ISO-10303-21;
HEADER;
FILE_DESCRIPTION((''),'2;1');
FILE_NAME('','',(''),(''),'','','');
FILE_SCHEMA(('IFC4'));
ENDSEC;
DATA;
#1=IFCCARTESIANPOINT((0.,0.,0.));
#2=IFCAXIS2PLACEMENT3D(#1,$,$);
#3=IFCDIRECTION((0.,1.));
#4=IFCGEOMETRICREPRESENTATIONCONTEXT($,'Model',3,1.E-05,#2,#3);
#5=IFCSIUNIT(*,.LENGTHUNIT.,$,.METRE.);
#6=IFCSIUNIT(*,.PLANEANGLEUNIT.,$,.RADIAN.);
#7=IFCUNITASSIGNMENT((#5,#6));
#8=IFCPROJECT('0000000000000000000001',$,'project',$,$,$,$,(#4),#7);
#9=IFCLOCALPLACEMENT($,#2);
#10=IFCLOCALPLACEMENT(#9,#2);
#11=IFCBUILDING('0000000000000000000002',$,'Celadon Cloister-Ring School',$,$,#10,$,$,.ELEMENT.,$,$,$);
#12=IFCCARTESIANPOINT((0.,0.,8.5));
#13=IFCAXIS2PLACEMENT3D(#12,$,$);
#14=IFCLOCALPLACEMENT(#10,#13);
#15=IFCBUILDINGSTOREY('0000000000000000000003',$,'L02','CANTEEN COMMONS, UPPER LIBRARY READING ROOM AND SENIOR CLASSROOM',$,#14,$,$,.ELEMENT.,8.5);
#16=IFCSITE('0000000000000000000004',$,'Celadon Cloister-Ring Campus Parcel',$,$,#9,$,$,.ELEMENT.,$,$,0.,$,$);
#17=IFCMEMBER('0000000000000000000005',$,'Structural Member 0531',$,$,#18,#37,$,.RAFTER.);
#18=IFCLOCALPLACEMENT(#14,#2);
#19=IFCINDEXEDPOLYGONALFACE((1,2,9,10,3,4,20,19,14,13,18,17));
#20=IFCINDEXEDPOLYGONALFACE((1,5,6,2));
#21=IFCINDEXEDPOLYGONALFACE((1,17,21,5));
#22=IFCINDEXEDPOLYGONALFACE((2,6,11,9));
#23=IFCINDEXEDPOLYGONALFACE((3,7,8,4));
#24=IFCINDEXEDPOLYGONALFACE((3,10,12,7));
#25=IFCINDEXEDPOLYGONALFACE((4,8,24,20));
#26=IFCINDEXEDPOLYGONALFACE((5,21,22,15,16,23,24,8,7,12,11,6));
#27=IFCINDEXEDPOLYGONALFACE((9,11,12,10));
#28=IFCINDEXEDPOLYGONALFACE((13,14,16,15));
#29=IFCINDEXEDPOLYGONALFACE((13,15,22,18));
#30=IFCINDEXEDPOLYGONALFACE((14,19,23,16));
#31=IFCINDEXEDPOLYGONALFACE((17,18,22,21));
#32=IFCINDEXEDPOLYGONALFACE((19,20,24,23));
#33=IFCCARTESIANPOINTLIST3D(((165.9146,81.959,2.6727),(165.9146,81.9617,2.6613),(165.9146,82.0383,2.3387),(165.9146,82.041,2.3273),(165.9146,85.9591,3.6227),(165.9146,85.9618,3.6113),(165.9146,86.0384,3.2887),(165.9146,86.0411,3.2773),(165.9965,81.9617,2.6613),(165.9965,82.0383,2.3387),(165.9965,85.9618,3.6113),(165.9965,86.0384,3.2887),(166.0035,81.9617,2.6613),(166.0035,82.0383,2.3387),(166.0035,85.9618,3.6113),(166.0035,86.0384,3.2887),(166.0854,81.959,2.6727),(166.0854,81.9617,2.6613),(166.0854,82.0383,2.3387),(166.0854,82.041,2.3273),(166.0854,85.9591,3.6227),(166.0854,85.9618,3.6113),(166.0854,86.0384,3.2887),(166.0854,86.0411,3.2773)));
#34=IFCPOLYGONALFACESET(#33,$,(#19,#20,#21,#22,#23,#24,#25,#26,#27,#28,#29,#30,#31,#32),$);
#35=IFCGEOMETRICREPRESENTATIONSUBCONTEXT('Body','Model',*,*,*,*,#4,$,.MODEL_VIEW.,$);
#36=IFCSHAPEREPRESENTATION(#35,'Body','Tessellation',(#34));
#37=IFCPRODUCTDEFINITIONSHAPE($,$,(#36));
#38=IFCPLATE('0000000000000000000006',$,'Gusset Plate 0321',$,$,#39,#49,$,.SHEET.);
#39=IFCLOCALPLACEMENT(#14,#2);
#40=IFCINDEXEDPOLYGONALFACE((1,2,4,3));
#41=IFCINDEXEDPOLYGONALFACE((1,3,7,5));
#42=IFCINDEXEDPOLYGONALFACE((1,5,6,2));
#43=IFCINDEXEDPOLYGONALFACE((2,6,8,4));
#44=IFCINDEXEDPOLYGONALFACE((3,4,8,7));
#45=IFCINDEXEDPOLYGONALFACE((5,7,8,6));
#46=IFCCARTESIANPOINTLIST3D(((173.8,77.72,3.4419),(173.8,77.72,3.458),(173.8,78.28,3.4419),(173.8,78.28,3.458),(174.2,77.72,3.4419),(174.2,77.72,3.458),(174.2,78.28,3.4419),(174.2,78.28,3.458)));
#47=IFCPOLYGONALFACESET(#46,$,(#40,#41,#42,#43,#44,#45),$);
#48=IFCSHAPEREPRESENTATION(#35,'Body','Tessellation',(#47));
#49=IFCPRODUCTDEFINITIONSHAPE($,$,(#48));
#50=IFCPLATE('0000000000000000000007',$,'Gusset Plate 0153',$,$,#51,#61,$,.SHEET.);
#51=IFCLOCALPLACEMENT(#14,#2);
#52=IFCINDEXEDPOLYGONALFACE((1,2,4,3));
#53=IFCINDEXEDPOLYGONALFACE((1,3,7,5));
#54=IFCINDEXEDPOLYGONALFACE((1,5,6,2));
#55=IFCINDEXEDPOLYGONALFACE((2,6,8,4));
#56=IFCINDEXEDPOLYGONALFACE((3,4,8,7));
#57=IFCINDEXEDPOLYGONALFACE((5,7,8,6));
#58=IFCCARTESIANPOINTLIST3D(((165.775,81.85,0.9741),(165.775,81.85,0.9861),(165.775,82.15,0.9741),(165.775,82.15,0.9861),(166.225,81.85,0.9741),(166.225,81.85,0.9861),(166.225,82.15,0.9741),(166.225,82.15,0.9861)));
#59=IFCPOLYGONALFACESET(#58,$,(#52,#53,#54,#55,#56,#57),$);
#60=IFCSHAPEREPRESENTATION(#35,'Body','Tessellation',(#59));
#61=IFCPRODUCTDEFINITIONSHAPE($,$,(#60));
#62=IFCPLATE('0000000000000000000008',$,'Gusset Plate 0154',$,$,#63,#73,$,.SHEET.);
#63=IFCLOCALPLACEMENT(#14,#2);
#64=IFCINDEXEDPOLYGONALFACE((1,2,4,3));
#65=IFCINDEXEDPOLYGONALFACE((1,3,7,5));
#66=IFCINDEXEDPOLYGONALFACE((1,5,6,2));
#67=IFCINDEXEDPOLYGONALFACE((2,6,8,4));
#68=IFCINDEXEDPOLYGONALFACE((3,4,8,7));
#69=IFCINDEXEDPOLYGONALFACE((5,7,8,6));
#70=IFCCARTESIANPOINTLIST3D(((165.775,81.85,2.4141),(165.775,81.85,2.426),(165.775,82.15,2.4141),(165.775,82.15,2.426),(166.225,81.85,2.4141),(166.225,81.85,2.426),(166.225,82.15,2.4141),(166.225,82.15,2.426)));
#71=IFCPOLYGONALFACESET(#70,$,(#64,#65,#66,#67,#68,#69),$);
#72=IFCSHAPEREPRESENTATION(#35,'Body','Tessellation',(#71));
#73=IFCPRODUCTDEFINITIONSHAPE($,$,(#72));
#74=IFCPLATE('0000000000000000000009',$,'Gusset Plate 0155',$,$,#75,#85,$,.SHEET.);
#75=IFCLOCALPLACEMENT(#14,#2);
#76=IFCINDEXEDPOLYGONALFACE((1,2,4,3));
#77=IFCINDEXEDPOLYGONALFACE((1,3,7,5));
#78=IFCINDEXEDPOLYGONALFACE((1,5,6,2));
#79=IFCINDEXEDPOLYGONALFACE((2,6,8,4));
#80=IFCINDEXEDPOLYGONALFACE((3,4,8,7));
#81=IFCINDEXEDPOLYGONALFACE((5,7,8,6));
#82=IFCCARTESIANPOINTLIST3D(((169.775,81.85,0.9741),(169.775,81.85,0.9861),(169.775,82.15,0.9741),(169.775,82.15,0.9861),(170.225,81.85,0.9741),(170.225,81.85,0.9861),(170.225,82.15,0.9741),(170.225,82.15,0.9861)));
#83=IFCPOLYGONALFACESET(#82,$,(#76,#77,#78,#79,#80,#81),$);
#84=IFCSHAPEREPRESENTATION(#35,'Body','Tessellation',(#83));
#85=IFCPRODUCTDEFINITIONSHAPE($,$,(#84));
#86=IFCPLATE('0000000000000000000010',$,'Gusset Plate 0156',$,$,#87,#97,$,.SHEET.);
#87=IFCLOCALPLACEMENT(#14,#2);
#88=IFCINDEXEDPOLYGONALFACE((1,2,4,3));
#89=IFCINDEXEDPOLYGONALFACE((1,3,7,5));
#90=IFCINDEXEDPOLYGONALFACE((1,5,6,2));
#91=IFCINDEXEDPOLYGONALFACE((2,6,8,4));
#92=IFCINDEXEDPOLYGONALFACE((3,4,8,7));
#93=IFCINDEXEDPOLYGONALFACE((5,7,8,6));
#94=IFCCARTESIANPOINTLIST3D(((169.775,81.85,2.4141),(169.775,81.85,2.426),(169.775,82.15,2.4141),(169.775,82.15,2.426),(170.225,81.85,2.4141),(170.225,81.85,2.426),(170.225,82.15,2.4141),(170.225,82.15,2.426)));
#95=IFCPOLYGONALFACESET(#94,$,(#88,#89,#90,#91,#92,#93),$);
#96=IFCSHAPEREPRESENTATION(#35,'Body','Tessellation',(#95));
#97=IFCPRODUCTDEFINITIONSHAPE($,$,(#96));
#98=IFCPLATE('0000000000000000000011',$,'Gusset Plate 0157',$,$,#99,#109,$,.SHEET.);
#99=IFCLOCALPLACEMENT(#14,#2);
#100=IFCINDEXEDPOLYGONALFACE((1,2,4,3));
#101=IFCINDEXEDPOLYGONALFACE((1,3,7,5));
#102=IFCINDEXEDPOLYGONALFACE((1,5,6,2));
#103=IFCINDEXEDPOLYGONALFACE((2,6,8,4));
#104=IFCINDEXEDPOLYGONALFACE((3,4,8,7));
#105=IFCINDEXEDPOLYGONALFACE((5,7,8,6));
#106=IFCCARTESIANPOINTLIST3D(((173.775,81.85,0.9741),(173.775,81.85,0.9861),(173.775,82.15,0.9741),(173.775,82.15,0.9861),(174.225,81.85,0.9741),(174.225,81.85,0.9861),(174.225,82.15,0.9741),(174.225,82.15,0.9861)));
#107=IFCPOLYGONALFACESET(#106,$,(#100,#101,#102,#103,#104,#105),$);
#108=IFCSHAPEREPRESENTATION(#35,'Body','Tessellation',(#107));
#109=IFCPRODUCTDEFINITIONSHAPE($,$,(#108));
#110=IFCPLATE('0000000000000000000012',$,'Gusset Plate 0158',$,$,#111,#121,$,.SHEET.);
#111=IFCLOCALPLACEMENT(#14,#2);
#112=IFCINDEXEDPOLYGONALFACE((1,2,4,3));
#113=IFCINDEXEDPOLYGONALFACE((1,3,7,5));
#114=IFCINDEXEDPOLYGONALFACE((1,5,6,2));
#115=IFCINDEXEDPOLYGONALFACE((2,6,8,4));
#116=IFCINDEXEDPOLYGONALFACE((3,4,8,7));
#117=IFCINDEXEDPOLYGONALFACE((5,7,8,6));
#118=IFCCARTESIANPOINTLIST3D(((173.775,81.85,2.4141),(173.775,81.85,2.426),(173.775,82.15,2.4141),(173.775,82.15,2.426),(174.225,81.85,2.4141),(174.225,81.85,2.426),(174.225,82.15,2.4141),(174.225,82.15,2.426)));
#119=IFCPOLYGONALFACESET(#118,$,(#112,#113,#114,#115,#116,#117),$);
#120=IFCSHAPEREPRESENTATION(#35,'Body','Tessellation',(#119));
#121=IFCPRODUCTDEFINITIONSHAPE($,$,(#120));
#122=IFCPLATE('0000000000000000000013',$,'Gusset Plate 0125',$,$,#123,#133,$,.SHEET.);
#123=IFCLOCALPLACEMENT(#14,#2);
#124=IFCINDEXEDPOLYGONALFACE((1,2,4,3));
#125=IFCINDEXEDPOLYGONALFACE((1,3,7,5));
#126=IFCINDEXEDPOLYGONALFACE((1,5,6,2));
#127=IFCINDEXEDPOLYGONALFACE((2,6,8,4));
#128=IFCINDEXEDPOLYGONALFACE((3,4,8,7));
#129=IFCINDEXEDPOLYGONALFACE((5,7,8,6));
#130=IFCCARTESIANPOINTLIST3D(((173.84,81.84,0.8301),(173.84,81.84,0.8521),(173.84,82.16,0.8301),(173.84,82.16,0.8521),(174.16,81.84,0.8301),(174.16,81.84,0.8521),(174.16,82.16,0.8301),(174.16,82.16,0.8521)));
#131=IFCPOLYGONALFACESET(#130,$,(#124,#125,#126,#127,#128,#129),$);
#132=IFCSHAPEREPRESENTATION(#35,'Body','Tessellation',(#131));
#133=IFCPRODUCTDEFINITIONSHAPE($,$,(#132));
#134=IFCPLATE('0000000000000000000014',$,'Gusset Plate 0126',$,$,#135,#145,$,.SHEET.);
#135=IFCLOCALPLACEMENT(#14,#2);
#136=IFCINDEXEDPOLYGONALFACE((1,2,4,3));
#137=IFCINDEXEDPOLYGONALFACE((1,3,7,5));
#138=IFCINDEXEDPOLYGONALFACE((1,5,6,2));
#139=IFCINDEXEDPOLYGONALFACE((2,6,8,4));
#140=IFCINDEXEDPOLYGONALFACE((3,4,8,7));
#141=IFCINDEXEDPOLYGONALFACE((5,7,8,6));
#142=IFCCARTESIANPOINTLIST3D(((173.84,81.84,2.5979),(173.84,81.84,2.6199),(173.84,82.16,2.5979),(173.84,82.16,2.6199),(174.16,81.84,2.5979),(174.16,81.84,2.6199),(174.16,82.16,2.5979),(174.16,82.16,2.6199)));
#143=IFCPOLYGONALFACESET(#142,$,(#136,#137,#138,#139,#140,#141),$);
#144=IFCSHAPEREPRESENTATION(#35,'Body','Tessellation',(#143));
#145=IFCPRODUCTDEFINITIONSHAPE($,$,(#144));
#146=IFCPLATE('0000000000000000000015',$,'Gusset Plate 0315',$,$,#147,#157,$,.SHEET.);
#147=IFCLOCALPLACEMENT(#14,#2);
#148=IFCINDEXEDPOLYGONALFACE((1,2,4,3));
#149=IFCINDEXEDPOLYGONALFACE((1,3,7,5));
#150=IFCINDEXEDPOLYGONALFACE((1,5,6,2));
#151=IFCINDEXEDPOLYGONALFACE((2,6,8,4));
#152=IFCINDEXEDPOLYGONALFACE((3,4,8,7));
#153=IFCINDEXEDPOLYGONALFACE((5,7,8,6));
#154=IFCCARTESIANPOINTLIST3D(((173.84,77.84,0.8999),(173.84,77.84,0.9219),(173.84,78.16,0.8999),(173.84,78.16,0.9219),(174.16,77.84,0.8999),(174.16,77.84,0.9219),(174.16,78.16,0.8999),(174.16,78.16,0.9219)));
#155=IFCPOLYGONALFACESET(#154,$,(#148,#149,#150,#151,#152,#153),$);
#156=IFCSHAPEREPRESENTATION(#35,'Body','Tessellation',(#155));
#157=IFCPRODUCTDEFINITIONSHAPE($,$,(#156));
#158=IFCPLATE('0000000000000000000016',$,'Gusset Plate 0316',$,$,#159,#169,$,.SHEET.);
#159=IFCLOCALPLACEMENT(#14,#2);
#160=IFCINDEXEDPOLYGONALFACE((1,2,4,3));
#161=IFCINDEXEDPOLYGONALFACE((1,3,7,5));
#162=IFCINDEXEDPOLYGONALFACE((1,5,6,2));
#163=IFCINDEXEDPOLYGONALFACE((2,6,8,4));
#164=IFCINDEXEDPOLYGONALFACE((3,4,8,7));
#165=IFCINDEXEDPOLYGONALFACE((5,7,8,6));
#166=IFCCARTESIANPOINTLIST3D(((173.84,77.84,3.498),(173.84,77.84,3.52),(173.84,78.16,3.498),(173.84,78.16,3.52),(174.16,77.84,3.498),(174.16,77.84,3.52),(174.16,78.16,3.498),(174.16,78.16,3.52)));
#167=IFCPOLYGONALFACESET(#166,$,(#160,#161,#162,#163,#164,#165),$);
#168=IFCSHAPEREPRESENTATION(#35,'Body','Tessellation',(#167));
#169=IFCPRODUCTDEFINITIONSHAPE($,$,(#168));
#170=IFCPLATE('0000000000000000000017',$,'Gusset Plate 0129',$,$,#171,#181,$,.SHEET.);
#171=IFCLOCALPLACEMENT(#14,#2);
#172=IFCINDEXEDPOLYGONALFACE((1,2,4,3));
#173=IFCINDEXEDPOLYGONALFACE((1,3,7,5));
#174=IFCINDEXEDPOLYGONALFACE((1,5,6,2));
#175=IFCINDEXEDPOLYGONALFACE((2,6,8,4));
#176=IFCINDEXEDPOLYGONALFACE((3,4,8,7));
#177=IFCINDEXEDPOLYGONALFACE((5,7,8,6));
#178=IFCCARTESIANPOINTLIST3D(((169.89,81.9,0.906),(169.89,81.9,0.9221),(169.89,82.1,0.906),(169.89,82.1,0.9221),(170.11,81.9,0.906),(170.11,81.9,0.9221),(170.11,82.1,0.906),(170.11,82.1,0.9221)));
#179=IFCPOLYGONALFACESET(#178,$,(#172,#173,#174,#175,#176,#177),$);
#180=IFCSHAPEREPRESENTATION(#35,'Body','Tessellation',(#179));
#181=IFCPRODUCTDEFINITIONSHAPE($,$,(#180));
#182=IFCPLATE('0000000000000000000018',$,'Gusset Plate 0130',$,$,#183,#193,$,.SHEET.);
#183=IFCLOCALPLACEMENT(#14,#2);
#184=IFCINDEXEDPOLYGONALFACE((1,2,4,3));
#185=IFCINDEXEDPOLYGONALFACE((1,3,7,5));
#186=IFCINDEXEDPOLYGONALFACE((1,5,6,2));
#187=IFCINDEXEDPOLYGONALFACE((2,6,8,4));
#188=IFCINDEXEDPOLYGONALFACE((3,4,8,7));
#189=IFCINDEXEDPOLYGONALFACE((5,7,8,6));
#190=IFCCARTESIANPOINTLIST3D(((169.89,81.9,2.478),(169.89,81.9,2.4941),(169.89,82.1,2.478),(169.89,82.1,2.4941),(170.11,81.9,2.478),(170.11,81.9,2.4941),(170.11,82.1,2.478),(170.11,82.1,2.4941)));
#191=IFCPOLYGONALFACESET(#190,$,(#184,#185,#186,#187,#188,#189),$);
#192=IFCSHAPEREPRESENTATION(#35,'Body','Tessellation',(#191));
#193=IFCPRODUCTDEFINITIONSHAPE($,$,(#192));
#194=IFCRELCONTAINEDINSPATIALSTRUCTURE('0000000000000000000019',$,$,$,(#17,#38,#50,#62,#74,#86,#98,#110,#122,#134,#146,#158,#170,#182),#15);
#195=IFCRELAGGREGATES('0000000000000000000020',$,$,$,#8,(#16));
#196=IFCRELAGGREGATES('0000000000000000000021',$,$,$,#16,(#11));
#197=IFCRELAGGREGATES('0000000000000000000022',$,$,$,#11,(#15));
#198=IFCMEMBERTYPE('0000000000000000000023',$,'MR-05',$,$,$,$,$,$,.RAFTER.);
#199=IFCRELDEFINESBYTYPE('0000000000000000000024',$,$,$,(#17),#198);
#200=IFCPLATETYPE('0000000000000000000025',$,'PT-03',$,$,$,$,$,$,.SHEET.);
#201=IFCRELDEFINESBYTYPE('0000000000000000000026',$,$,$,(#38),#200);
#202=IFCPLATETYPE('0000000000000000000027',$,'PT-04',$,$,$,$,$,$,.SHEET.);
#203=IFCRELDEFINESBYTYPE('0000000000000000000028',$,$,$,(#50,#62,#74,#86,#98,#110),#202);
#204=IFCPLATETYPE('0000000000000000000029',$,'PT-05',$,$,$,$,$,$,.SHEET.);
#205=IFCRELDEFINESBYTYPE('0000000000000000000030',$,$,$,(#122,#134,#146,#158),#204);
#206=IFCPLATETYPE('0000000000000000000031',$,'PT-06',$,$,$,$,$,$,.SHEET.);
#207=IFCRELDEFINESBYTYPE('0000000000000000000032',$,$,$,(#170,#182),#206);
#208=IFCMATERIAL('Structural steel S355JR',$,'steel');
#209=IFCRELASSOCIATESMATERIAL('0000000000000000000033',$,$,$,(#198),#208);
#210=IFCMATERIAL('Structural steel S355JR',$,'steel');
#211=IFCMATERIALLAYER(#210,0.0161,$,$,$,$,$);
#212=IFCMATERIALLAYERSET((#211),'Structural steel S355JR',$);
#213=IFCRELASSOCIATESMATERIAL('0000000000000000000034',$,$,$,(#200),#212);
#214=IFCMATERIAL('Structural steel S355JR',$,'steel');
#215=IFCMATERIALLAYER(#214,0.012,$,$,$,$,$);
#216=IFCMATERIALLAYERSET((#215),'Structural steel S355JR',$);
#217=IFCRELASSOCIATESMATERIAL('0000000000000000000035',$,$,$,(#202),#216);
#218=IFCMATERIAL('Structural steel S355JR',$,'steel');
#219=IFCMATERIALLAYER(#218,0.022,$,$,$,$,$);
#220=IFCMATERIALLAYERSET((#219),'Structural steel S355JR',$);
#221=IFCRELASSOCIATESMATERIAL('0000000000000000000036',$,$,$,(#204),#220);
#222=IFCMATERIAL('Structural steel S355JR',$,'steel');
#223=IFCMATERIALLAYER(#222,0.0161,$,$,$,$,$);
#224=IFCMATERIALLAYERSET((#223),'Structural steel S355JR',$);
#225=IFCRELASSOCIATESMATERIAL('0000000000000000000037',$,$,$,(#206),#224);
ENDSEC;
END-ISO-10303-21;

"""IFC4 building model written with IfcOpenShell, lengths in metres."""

from ifc_helpers import new_model, si_unit, direction, frame, origin, origin_2d, place, context, subcontext, project, spatial, rectangle, i_section, extrude, material, layer, layer_set, material_profile, profile_set, type_object, element, save


model = new_model("IFC4")

# Units and contexts
model_context = context("Model", 3, precision=1e-05, world=origin(), true_north=direction((0.0, 1.0)))
body_context = subcontext(model_context, "Body", "Model", "MODEL_VIEW")
ifc_project = project(units=[si_unit("LENGTHUNIT", "METRE"), si_unit("PLANEANGLEUNIT", "RADIAN")], contexts=[model_context])

# Site, building, storey
site_placement = place(None, origin())
site = spatial("IfcSite", under=ifc_project, at=site_placement, Name="Celadon Cloister-Ring Campus Parcel", CompositionType="ELEMENT", RefElevation=0.0)
building_placement = place(site_placement, origin())
building = spatial("IfcBuilding", under=site, at=building_placement, Name="Celadon Cloister-Ring School", CompositionType="ELEMENT")
storey_placement = place(building_placement, frame((0.0, 0.0, 8.5)))
storey = spatial("IfcBuildingStorey", under=building, at=storey_placement, Name="L02", Description="CANTEEN COMMONS, UPPER LIBRARY READING ROOM AND SENIOR CLASSROOM", CompositionType="ELEMENT", Elevation=8.5)

# Member
ifc_material_1 = material(Name="Structural steel S355JR", Category="steel")
ifc_material_profile_1 = material_profile(ifc_material_1, i_section(OverallWidth=0.1709, OverallDepth=0.355, WebThickness=0.0071, FlangeThickness=0.0117, at=origin_2d()), Name="W360X51")
ifc_profile_set_1 = profile_set([ifc_material_profile_1], Name="Structural steel S355JR")
member_type_1 = type_object("IfcMemberType", Name="MR-05", PredefinedType="RAFTER", material=ifc_profile_set_1)
for number, where, z_axis, x_axis, name in (
    (1, (166.0, 82.0, 2.5), (0.0, 0.972939, 0.231061), (-1.0, 0.0, 0.0), "Structural Member 0531"),
):
    element("IfcMember", number, at=place(storey_placement, frame(where, z_axis=z_axis, x_axis=x_axis)), inside=storey, type_object=member_type_1, Name=name, PredefinedType="RAFTER", context=body_context, shape_type="SweptSolid", body=[
        extrude(i_section(OverallWidth=0.1709, OverallDepth=0.355, WebThickness=0.0071, FlangeThickness=0.0117, at=origin_2d()), origin(), (0.0, 0.0, 1.0), 4.1113),
    ])

# Plates
ifc_material_2 = material(Name="Structural steel S355JR", Category="steel")
ifc_layer_1 = layer(ifc_material_2, 0.0161)
ifc_layer_set_1 = layer_set([ifc_layer_1], Name="Structural steel S355JR")
plate_type_1 = type_object("IfcPlateType", Name="PT-03", PredefinedType="SHEET", material=ifc_layer_set_1)
plate_placement = place(storey_placement, frame((174.0, 78.0, 3.4419), z_axis=(0.0, 0.0, 1.0), x_axis=(0.0, 1.0, 0.0)))
element("IfcPlate", 2, at=plate_placement, inside=storey, type_object=plate_type_1, Name="Gusset Plate 0321", PredefinedType="SHEET", context=body_context, shape_type="SweptSolid", body=[
    extrude(rectangle(XDim=0.5601, YDim=0.3999, at=origin_2d()), origin(), (0.0, 0.0, 1.0), 0.0161),
])
ifc_material_3 = material(Name="Structural steel S355JR", Category="steel")
ifc_layer_2 = layer(ifc_material_3, 0.012)
ifc_layer_set_2 = layer_set([ifc_layer_2], Name="Structural steel S355JR")
plate_type_2 = type_object("IfcPlateType", Name="PT-04", PredefinedType="SHEET", material=ifc_layer_set_2)
for number, where, z_axis, x_axis, name in (
    (3, (166.0, 82.0, 0.9741), (0.0, 0.0, 1.0), (1.0, 0.0, 0.0), "Gusset Plate 0153"),
    (4, (166.0, 82.0, 2.4141), (0.0, 0.0, 1.0), (1.0, 0.0, 0.0), "Gusset Plate 0154"),
    (5, (170.0, 82.0, 0.9741), (0.0, 0.0, 1.0), (1.0, 0.0, 0.0), "Gusset Plate 0155"),
    (6, (170.0, 82.0, 2.4141), (0.0, 0.0, 1.0), (1.0, 0.0, 0.0), "Gusset Plate 0156"),
    (7, (174.0, 82.0, 0.9741), (0.0, 0.0, 1.0), (1.0, 0.0, 0.0), "Gusset Plate 0157"),
    (8, (174.0, 82.0, 2.4141), (0.0, 0.0, 1.0), (1.0, 0.0, 0.0), "Gusset Plate 0158"),
):
    element("IfcPlate", number, at=place(storey_placement, frame(where, z_axis=z_axis, x_axis=x_axis)), inside=storey, type_object=plate_type_2, Name=name, PredefinedType="SHEET", context=body_context, shape_type="SweptSolid", body=[
        extrude(rectangle(XDim=0.45, YDim=0.3, at=origin_2d()), origin(), (0.0, 0.0, 1.0), 0.012),
    ])
ifc_material_4 = material(Name="Structural steel S355JR", Category="steel")
ifc_layer_3 = layer(ifc_material_4, 0.022)
ifc_layer_set_3 = layer_set([ifc_layer_3], Name="Structural steel S355JR")
plate_type_3 = type_object("IfcPlateType", Name="PT-05", PredefinedType="SHEET", material=ifc_layer_set_3)
for number, where, z_axis, x_axis, name in (
    (9, (174.0, 82.0, 0.8301), (0.0, 0.0, 1.0), (1.0, 0.0, 0.0), "Gusset Plate 0125"),
    (10, (174.0, 82.0, 2.5979), (0.0, 0.0, 1.0), (1.0, 0.0, 0.0), "Gusset Plate 0126"),
    (11, (174.0, 78.0, 0.8999), (0.0, 0.0, 1.0), (1.0, 0.0, 0.0), "Gusset Plate 0315"),
    (12, (174.0, 78.0, 3.498), (0.0, 0.0, 1.0), (1.0, 0.0, 0.0), "Gusset Plate 0316"),
):
    element("IfcPlate", number, at=place(storey_placement, frame(where, z_axis=z_axis, x_axis=x_axis)), inside=storey, type_object=plate_type_3, Name=name, PredefinedType="SHEET", context=body_context, shape_type="SweptSolid", body=[
        extrude(rectangle(XDim=0.3201, YDim=0.3201, at=origin_2d()), origin(), (0.0, 0.0, 1.0), 0.022),
    ])
ifc_material_5 = material(Name="Structural steel S355JR", Category="steel")
ifc_layer_4 = layer(ifc_material_5, 0.0161)
ifc_layer_set_4 = layer_set([ifc_layer_4], Name="Structural steel S355JR")
plate_type_4 = type_object("IfcPlateType", Name="PT-06", PredefinedType="SHEET", material=ifc_layer_set_4)
for number, where, z_axis, x_axis, name in (
    (13, (170.0, 82.0, 0.906), (0.0, 0.0, 1.0), (1.0, 0.0, 0.0), "Gusset Plate 0129"),
    (14, (170.0, 82.0, 2.478), (0.0, 0.0, 1.0), (1.0, 0.0, 0.0), "Gusset Plate 0130"),
):
    element("IfcPlate", number, at=place(storey_placement, frame(where, z_axis=z_axis, x_axis=x_axis)), inside=storey, type_object=plate_type_4, Name=name, PredefinedType="SHEET", context=body_context, shape_type="SweptSolid", body=[
        extrude(rectangle(XDim=0.22, YDim=0.2, at=origin_2d()), origin(), (0.0, 0.0, 1.0), 0.0161),
    ])

save(model, "model.ifc")
